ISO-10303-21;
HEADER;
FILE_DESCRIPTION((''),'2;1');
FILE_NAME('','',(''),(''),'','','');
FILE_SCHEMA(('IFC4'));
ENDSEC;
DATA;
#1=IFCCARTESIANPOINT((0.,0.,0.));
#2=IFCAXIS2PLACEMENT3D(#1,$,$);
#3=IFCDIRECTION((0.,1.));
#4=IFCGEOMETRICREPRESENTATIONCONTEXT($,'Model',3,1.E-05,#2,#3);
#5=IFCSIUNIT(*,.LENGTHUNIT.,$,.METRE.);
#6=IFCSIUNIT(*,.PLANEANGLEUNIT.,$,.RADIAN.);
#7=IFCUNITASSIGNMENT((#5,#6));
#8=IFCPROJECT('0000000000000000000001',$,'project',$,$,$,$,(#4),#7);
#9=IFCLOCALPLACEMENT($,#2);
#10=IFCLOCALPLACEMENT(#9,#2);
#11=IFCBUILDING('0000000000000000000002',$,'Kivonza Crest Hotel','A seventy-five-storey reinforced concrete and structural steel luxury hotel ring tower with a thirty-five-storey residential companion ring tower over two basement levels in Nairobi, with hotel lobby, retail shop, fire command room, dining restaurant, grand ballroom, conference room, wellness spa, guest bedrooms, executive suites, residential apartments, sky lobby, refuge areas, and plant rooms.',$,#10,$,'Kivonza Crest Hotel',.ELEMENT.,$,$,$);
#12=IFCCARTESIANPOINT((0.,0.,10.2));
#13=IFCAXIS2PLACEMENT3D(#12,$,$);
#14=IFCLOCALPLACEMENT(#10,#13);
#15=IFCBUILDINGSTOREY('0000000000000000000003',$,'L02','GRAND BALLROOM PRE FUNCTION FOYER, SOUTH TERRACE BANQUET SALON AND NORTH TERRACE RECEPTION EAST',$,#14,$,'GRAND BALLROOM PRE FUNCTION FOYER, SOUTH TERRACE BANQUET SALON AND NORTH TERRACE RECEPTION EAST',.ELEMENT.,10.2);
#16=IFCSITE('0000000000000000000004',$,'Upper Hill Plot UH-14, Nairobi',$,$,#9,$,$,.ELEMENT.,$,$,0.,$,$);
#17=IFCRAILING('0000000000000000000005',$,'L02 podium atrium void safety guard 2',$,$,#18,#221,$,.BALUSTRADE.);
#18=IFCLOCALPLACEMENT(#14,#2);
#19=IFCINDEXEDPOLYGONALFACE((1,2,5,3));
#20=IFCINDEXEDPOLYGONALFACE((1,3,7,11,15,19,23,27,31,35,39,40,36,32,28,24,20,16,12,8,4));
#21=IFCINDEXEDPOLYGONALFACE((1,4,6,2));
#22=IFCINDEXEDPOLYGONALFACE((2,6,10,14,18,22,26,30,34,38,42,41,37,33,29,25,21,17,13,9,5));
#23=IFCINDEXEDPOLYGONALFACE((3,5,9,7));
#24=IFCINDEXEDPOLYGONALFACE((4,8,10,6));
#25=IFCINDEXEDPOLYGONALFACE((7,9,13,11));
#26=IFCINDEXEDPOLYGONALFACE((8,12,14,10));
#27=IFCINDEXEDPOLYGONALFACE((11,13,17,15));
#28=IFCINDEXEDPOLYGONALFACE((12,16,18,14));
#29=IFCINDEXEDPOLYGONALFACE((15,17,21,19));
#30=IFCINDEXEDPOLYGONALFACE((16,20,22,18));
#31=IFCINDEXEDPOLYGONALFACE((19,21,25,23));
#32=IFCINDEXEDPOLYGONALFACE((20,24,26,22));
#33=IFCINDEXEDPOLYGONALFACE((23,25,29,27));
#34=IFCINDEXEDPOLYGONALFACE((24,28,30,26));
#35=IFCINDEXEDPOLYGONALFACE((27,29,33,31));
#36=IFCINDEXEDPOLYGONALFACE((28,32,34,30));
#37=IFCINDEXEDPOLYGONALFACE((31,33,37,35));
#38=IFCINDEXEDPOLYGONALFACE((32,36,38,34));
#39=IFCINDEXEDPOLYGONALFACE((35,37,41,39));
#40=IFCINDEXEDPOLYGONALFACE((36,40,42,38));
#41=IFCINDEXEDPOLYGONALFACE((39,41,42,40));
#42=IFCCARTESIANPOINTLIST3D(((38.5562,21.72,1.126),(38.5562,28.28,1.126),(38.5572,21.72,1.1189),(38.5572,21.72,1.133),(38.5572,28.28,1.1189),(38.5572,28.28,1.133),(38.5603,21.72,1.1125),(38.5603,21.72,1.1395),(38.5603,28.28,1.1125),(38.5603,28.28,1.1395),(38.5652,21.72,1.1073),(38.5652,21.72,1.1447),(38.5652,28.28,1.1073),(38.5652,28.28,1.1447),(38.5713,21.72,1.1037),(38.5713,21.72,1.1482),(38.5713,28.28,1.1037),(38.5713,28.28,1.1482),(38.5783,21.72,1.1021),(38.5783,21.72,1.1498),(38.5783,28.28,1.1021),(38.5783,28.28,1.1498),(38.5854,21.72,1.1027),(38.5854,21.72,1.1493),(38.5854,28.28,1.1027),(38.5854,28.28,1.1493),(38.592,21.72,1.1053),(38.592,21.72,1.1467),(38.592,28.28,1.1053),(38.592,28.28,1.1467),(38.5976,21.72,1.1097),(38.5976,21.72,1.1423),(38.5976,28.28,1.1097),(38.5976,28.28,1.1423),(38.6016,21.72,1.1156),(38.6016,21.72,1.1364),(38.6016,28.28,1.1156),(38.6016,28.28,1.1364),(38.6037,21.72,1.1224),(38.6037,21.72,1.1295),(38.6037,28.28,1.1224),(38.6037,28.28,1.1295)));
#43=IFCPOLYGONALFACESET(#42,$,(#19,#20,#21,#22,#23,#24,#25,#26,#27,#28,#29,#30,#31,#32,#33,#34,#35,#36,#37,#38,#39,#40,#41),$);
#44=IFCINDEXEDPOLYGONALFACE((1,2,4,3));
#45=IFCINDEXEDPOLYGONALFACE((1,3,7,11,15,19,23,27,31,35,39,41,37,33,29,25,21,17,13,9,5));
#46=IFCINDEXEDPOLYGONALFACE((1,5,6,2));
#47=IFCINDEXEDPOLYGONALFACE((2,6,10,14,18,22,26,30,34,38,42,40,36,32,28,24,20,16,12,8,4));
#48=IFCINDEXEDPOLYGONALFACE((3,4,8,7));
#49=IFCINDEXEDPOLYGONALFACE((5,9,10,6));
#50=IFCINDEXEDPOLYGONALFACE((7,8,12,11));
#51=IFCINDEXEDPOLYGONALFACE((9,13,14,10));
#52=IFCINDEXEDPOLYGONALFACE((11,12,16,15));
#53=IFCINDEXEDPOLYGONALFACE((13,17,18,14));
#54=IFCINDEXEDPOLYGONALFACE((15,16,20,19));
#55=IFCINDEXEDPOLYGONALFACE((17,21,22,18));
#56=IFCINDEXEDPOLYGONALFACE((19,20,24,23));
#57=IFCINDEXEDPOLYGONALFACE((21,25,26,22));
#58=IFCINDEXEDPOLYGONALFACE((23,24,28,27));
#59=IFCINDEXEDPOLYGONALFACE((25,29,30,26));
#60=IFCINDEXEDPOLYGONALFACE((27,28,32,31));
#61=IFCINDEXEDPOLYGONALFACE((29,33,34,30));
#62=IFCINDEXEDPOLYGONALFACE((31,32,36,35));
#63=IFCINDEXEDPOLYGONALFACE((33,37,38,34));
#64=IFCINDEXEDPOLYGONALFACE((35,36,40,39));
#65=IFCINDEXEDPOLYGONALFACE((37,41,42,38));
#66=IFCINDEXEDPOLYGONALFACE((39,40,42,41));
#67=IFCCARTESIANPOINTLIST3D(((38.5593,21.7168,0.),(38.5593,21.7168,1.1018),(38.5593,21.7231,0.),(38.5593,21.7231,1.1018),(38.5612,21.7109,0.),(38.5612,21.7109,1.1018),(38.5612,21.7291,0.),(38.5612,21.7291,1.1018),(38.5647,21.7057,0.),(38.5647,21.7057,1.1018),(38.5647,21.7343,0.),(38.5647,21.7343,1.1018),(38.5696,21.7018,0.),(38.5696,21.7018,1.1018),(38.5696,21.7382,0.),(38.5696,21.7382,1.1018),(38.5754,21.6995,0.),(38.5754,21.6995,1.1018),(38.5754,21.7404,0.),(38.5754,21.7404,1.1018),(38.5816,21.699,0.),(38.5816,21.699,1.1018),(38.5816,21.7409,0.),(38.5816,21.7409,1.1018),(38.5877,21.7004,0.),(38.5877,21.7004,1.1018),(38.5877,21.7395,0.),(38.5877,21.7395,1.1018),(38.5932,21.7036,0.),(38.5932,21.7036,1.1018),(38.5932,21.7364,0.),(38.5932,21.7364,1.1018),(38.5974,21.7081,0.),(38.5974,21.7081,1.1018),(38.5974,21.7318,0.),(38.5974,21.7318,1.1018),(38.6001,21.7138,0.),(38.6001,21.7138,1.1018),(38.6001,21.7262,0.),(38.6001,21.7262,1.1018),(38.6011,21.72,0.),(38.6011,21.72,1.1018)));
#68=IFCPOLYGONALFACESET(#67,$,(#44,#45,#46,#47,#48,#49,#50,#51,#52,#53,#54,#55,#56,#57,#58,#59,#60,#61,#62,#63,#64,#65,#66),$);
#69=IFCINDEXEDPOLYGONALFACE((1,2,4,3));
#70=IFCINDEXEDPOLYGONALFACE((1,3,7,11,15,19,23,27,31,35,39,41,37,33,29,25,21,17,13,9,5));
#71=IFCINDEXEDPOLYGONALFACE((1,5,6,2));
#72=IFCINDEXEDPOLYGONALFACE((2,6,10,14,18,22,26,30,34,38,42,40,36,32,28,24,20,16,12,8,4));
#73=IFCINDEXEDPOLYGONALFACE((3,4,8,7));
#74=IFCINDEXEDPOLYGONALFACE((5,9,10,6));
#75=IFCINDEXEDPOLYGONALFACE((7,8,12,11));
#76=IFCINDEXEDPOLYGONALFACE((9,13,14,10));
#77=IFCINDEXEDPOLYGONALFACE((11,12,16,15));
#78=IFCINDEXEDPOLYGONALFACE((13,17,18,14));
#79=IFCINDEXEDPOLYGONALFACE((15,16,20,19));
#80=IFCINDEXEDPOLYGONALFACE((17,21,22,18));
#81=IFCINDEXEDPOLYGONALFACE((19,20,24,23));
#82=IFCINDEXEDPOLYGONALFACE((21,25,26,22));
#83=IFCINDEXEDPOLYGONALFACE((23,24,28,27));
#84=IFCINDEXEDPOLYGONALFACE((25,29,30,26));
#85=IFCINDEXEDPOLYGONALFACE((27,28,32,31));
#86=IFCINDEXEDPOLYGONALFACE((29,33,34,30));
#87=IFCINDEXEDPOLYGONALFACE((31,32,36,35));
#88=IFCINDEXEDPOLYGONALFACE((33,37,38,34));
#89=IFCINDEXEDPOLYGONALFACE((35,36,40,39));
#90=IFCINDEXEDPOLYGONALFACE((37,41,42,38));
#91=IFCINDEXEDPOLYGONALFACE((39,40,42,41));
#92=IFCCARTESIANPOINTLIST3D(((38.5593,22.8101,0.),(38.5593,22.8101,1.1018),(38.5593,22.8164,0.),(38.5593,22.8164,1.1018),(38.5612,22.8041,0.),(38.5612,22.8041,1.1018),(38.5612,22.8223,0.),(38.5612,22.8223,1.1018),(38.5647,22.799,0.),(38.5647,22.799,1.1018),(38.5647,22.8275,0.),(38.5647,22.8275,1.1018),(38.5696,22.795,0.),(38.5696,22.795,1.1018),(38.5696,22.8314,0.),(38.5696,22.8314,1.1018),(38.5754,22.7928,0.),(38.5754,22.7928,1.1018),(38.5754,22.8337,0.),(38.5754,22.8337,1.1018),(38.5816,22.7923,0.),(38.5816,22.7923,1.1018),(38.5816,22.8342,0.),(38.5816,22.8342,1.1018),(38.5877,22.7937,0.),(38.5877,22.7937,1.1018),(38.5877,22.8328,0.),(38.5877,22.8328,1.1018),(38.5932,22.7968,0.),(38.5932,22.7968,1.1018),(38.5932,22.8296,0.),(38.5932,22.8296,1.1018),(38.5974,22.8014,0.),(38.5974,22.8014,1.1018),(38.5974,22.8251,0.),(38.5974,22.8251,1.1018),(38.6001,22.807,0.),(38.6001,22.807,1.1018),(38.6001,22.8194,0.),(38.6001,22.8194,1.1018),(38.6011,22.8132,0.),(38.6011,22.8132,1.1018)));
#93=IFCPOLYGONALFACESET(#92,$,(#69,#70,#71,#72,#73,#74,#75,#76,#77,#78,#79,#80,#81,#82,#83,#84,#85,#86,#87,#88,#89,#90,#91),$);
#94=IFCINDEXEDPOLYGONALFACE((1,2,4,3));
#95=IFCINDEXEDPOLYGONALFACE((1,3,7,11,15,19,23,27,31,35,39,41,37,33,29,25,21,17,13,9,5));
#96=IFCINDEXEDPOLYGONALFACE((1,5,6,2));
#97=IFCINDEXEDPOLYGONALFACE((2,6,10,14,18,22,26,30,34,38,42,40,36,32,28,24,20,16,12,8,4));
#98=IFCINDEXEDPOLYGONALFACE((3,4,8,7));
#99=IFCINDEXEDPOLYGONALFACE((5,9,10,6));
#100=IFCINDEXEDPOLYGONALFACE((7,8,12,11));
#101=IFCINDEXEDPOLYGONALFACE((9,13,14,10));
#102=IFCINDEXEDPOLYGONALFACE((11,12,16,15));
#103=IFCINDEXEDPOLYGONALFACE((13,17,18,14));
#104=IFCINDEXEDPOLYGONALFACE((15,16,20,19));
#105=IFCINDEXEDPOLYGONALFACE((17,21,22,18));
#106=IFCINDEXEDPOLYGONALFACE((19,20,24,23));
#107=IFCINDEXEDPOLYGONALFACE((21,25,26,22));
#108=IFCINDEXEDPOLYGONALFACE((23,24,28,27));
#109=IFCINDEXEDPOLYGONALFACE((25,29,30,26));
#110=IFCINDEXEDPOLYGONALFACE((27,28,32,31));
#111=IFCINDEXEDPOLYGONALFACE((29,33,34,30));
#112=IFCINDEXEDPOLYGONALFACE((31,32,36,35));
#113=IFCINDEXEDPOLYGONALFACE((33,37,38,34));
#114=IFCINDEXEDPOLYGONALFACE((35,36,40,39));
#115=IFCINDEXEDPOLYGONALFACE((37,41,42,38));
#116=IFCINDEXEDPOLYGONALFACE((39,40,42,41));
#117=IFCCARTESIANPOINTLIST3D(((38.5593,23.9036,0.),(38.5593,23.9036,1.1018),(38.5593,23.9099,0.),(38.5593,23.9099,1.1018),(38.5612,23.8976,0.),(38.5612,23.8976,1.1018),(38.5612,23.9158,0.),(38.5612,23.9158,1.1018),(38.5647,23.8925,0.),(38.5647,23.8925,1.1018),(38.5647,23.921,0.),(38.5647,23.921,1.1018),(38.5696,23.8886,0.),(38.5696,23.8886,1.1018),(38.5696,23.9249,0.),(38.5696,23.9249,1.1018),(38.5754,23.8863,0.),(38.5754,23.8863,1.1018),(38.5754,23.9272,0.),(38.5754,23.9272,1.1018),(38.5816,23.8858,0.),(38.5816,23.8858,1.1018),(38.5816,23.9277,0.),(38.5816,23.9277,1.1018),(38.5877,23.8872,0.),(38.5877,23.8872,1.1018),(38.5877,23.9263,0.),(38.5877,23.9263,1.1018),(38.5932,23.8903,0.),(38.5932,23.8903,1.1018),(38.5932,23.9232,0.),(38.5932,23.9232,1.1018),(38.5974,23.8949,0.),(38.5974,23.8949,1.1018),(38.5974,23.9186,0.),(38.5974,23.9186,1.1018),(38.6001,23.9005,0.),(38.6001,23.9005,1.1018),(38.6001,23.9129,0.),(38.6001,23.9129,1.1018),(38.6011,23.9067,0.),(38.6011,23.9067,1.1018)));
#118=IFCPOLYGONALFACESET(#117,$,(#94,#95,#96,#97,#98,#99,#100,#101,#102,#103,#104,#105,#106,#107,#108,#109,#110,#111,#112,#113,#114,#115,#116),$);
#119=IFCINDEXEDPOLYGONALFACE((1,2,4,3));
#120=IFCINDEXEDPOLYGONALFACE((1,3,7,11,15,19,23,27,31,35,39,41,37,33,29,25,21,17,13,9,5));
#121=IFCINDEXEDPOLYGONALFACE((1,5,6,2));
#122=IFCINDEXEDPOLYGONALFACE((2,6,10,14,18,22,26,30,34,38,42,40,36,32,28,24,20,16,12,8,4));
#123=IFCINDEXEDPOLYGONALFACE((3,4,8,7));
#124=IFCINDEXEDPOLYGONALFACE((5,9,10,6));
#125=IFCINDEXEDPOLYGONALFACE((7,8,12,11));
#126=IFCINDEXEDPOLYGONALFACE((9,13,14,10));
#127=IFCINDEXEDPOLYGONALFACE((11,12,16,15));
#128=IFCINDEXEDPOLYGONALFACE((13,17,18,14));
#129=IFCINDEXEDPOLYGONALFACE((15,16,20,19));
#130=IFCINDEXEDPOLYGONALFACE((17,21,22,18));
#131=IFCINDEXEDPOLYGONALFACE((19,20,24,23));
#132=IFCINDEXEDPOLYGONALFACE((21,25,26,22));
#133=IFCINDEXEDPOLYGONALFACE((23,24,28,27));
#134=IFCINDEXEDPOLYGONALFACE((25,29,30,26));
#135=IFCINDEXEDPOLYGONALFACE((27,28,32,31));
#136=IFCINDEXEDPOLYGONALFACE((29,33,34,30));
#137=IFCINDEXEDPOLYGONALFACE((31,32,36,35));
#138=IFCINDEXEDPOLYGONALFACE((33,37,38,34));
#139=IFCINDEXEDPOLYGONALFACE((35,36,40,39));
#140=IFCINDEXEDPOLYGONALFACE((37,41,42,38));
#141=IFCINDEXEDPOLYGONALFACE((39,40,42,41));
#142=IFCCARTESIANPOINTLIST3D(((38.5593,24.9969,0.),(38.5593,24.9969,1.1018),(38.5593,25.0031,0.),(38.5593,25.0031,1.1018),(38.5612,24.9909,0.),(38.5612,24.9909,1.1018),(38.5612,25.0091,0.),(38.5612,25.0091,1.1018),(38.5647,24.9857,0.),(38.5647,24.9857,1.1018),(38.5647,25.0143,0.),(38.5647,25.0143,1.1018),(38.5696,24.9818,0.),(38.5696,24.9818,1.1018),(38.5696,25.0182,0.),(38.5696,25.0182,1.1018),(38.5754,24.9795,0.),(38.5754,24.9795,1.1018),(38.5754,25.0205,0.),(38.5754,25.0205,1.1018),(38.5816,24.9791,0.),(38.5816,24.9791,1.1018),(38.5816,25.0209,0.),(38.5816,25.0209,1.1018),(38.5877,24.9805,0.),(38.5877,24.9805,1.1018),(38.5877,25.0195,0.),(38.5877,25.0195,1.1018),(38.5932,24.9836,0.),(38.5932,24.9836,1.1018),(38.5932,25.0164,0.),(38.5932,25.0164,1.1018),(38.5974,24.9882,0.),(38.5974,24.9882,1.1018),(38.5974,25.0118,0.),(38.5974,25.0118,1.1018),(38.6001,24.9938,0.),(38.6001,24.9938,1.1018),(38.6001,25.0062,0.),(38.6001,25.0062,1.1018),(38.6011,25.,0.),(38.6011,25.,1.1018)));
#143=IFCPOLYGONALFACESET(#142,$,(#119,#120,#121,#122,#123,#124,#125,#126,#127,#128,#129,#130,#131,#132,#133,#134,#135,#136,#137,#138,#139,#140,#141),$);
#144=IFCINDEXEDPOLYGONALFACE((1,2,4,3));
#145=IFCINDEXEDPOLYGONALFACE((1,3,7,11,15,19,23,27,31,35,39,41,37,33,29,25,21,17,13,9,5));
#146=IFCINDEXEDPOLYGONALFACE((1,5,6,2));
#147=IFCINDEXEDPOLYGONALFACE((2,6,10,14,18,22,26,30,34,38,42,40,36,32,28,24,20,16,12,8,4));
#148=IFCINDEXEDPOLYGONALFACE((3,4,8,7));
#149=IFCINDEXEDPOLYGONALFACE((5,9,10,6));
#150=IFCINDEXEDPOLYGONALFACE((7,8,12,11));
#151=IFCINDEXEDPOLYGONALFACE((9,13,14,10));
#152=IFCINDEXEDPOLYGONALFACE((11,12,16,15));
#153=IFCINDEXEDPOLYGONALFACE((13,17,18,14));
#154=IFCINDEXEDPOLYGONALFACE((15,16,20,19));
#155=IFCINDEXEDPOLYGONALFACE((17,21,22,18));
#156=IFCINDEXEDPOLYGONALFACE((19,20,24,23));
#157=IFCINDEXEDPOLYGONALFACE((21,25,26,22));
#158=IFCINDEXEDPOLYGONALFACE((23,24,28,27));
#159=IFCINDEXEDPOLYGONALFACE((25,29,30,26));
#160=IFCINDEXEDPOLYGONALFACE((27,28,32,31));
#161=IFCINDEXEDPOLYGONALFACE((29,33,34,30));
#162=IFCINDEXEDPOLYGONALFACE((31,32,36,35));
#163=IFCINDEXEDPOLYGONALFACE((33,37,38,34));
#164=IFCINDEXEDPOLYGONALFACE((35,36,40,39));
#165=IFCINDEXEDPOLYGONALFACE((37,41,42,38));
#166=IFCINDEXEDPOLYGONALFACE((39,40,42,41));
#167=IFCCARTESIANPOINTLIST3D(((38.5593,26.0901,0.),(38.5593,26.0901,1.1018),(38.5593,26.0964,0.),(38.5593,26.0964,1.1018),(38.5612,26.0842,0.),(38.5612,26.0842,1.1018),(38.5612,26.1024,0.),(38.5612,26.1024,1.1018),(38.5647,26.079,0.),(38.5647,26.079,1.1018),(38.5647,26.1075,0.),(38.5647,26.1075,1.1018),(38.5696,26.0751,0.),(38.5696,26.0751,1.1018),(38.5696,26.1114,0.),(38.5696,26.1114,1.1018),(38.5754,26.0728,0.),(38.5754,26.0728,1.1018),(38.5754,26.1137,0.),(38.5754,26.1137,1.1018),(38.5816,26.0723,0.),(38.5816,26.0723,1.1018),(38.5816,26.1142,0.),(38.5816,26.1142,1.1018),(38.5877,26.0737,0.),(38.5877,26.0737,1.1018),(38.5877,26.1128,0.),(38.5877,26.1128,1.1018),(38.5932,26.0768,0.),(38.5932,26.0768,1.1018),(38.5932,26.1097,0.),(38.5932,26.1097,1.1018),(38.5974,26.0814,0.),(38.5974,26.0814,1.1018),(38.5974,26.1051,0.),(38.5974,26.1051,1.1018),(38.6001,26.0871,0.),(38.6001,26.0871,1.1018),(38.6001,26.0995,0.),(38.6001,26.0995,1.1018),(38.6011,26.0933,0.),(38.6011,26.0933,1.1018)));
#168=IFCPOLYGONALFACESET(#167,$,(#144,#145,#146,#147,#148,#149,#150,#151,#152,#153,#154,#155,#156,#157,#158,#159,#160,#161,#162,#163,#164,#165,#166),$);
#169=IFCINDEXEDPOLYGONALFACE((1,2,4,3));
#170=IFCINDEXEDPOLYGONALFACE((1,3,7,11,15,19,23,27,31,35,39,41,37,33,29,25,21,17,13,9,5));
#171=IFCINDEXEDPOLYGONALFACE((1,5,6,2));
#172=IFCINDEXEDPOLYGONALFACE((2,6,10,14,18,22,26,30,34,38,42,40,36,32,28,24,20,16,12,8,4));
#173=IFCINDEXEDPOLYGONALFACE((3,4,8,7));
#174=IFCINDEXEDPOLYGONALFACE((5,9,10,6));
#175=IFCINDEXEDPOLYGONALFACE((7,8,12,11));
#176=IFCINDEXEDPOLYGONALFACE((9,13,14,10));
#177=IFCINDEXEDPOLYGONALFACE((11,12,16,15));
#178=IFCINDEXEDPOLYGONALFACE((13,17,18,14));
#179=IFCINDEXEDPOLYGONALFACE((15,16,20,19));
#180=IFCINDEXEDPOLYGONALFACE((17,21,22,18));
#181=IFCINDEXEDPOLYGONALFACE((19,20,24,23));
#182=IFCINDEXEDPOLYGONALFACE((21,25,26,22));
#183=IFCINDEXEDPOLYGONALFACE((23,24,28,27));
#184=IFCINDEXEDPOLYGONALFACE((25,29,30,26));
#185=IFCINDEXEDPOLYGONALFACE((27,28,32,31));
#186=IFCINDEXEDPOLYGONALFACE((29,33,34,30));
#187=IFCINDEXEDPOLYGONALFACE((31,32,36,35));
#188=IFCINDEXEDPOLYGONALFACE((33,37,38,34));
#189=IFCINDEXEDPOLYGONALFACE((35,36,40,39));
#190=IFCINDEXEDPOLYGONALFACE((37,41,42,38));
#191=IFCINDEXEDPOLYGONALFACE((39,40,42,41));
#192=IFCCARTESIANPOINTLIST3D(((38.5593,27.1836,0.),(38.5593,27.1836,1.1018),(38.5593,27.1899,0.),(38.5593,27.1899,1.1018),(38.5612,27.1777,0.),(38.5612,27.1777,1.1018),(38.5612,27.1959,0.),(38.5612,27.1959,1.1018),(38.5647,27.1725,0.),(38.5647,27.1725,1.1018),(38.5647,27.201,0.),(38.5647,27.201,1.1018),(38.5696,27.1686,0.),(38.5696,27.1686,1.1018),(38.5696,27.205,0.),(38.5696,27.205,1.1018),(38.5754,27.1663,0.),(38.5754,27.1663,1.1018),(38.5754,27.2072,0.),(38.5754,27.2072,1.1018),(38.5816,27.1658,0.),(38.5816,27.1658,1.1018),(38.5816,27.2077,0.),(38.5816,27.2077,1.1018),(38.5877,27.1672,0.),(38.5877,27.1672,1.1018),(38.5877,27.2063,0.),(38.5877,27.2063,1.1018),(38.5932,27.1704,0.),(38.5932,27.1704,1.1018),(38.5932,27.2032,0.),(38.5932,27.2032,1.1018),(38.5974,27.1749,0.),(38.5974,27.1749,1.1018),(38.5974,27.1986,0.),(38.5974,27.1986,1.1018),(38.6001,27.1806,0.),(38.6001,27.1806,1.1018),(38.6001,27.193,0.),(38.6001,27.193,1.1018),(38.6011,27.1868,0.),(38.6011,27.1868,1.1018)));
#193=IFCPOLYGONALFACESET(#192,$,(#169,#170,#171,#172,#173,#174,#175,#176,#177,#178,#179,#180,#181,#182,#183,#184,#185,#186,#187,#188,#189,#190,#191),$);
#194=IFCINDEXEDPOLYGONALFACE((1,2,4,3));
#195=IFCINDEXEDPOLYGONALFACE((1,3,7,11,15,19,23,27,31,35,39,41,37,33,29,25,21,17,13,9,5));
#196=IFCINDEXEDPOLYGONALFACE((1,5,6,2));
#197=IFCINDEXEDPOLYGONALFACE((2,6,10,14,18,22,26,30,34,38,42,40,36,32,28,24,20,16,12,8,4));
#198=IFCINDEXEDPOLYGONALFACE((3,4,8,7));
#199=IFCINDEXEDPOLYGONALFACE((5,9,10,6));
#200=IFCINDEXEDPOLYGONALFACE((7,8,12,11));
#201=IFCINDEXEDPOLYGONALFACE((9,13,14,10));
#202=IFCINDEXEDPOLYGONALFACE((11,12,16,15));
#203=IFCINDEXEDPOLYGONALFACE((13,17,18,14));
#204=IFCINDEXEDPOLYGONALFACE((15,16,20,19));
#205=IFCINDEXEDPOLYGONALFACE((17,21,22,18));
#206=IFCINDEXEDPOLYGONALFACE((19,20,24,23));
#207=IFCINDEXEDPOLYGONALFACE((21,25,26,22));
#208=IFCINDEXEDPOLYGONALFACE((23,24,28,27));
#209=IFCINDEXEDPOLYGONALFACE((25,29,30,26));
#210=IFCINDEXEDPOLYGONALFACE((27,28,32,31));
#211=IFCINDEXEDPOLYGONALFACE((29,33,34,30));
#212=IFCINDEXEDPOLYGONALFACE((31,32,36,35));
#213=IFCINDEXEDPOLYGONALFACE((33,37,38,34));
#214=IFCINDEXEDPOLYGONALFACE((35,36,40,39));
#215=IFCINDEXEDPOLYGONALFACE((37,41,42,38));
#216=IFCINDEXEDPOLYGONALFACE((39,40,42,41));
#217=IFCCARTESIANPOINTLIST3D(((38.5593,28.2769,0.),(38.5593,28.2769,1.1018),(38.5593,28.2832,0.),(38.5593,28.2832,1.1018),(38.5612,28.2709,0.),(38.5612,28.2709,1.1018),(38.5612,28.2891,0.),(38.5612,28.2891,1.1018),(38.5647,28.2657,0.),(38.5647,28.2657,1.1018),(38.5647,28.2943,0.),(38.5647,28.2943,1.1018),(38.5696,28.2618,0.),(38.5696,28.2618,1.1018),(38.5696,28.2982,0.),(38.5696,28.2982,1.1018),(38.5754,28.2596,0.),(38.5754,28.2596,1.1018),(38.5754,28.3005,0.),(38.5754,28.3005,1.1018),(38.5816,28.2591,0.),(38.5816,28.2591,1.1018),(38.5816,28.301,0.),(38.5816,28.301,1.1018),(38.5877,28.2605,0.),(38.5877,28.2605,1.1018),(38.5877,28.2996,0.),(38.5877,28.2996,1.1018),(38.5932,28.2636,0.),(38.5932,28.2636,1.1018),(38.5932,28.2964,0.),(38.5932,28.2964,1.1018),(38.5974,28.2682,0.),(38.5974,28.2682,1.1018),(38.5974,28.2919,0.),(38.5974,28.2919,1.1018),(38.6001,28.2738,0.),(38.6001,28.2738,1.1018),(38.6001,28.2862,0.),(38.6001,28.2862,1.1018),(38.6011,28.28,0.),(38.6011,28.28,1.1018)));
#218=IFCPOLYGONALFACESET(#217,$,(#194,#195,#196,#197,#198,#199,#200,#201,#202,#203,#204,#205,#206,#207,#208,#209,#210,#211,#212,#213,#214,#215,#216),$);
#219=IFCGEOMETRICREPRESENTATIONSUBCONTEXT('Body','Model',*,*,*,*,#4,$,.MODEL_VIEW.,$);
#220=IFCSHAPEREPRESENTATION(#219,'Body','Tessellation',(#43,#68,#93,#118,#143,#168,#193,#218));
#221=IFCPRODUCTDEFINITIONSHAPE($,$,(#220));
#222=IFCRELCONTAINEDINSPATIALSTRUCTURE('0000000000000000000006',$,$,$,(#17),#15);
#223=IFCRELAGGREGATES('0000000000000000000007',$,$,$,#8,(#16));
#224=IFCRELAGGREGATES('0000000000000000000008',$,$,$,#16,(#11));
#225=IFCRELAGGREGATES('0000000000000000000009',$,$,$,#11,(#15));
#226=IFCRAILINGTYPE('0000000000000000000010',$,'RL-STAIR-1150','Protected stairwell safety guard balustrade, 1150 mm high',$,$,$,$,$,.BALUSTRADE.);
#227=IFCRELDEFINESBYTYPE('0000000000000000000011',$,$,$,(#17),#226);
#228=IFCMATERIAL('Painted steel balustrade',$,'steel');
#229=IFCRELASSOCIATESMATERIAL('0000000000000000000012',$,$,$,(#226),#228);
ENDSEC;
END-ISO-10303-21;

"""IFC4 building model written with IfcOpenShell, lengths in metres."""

from ifc_helpers import new_model, si_unit, direction, frame, origin, origin_2d, place, context, subcontext, project, spatial, circle, extrude, material, type_object, element, save


model = new_model("IFC4")

# Units and contexts
model_context = context("Model", 3, precision=1e-05, world=origin(), true_north=direction((0.0, 1.0)))
body_context = subcontext(model_context, "Body", "Model", "MODEL_VIEW")
ifc_project = project(units=[si_unit("LENGTHUNIT", "METRE"), si_unit("PLANEANGLEUNIT", "RADIAN")], contexts=[model_context])

# Site, building, storey
site_placement = place(None, origin())
site = spatial("IfcSite", under=ifc_project, at=site_placement, Name="Upper Hill Plot UH-14, Nairobi", CompositionType="ELEMENT", RefElevation=0.0)
building_placement = place(site_placement, origin())
building = spatial("IfcBuilding", under=site, at=building_placement, Name="Kivonza Crest Hotel", Description="A seventy-five-storey reinforced concrete and structural steel luxury hotel ring tower with a thirty-five-storey residential companion ring tower over two basement levels in Nairobi, with hotel lobby, retail shop, fire command room, dining restaurant, grand ballroom, conference room, wellness spa, guest bedrooms, executive suites, residential apartments, sky lobby, refuge areas, and plant rooms.", LongName="Kivonza Crest Hotel", CompositionType="ELEMENT")
storey_placement = place(building_placement, frame((0.0, 0.0, 10.2)))
storey = spatial("IfcBuildingStorey", under=building, at=storey_placement, Name="L02", Description="GRAND BALLROOM PRE FUNCTION FOYER, SOUTH TERRACE BANQUET SALON AND NORTH TERRACE RECEPTION EAST", LongName="GRAND BALLROOM PRE FUNCTION FOYER, SOUTH TERRACE BANQUET SALON AND NORTH TERRACE RECEPTION EAST", CompositionType="ELEMENT", Elevation=10.2)

# Railing
ifc_material_1 = material(Name="Painted steel balustrade", Category="steel")
railing_type = type_object("IfcRailingType", Name="RL-STAIR-1150", Description="Protected stairwell safety guard balustrade, 1150 mm high", PredefinedType="BALUSTRADE", material=ifc_material_1)
railing_1_placement = place(storey_placement, frame((38.5801, 21.72, 0.0)))
element("IfcRailing", 1, at=railing_1_placement, inside=storey, type_object=railing_type, Name="L02 podium atrium void safety guard 2", PredefinedType="BALUSTRADE", context=body_context, shape_type="SweptSolid", body=[
    extrude(circle(Radius=0.0239, at=origin_2d()), frame((0.0, 0.0, 1.126), z_axis=(0.0, 1.0, 0.0), x_axis=(-1.0, 0.0, 0.0)), (0.0, 0.0, 1.0), 6.5601),
    extrude(circle(Radius=0.021, at=origin_2d()), origin(), (0.0, 0.0, 1.0), 1.1018),
    extrude(circle(Radius=0.021, at=origin_2d()), frame((0.0, 1.0933, 0.0)), (0.0, 0.0, 1.0), 1.1018),
    extrude(circle(Radius=0.021, at=origin_2d()), frame((0.0, 2.1868, 0.0)), (0.0, 0.0, 1.0), 1.1018),
    extrude(circle(Radius=0.021, at=origin_2d()), frame((0.0, 3.28, 0.0)), (0.0, 0.0, 1.0), 1.1018),
    extrude(circle(Radius=0.021, at=origin_2d()), frame((0.0, 4.3733, 0.0)), (0.0, 0.0, 1.0), 1.1018),
    extrude(circle(Radius=0.021, at=origin_2d()), frame((0.0, 5.4668, 0.0)), (0.0, 0.0, 1.0), 1.1018),
    extrude(circle(Radius=0.021, at=origin_2d()), frame((0.0, 6.5601, 0.0)), (0.0, 0.0, 1.0), 1.1018),
])

save(model, "model.ifc")
